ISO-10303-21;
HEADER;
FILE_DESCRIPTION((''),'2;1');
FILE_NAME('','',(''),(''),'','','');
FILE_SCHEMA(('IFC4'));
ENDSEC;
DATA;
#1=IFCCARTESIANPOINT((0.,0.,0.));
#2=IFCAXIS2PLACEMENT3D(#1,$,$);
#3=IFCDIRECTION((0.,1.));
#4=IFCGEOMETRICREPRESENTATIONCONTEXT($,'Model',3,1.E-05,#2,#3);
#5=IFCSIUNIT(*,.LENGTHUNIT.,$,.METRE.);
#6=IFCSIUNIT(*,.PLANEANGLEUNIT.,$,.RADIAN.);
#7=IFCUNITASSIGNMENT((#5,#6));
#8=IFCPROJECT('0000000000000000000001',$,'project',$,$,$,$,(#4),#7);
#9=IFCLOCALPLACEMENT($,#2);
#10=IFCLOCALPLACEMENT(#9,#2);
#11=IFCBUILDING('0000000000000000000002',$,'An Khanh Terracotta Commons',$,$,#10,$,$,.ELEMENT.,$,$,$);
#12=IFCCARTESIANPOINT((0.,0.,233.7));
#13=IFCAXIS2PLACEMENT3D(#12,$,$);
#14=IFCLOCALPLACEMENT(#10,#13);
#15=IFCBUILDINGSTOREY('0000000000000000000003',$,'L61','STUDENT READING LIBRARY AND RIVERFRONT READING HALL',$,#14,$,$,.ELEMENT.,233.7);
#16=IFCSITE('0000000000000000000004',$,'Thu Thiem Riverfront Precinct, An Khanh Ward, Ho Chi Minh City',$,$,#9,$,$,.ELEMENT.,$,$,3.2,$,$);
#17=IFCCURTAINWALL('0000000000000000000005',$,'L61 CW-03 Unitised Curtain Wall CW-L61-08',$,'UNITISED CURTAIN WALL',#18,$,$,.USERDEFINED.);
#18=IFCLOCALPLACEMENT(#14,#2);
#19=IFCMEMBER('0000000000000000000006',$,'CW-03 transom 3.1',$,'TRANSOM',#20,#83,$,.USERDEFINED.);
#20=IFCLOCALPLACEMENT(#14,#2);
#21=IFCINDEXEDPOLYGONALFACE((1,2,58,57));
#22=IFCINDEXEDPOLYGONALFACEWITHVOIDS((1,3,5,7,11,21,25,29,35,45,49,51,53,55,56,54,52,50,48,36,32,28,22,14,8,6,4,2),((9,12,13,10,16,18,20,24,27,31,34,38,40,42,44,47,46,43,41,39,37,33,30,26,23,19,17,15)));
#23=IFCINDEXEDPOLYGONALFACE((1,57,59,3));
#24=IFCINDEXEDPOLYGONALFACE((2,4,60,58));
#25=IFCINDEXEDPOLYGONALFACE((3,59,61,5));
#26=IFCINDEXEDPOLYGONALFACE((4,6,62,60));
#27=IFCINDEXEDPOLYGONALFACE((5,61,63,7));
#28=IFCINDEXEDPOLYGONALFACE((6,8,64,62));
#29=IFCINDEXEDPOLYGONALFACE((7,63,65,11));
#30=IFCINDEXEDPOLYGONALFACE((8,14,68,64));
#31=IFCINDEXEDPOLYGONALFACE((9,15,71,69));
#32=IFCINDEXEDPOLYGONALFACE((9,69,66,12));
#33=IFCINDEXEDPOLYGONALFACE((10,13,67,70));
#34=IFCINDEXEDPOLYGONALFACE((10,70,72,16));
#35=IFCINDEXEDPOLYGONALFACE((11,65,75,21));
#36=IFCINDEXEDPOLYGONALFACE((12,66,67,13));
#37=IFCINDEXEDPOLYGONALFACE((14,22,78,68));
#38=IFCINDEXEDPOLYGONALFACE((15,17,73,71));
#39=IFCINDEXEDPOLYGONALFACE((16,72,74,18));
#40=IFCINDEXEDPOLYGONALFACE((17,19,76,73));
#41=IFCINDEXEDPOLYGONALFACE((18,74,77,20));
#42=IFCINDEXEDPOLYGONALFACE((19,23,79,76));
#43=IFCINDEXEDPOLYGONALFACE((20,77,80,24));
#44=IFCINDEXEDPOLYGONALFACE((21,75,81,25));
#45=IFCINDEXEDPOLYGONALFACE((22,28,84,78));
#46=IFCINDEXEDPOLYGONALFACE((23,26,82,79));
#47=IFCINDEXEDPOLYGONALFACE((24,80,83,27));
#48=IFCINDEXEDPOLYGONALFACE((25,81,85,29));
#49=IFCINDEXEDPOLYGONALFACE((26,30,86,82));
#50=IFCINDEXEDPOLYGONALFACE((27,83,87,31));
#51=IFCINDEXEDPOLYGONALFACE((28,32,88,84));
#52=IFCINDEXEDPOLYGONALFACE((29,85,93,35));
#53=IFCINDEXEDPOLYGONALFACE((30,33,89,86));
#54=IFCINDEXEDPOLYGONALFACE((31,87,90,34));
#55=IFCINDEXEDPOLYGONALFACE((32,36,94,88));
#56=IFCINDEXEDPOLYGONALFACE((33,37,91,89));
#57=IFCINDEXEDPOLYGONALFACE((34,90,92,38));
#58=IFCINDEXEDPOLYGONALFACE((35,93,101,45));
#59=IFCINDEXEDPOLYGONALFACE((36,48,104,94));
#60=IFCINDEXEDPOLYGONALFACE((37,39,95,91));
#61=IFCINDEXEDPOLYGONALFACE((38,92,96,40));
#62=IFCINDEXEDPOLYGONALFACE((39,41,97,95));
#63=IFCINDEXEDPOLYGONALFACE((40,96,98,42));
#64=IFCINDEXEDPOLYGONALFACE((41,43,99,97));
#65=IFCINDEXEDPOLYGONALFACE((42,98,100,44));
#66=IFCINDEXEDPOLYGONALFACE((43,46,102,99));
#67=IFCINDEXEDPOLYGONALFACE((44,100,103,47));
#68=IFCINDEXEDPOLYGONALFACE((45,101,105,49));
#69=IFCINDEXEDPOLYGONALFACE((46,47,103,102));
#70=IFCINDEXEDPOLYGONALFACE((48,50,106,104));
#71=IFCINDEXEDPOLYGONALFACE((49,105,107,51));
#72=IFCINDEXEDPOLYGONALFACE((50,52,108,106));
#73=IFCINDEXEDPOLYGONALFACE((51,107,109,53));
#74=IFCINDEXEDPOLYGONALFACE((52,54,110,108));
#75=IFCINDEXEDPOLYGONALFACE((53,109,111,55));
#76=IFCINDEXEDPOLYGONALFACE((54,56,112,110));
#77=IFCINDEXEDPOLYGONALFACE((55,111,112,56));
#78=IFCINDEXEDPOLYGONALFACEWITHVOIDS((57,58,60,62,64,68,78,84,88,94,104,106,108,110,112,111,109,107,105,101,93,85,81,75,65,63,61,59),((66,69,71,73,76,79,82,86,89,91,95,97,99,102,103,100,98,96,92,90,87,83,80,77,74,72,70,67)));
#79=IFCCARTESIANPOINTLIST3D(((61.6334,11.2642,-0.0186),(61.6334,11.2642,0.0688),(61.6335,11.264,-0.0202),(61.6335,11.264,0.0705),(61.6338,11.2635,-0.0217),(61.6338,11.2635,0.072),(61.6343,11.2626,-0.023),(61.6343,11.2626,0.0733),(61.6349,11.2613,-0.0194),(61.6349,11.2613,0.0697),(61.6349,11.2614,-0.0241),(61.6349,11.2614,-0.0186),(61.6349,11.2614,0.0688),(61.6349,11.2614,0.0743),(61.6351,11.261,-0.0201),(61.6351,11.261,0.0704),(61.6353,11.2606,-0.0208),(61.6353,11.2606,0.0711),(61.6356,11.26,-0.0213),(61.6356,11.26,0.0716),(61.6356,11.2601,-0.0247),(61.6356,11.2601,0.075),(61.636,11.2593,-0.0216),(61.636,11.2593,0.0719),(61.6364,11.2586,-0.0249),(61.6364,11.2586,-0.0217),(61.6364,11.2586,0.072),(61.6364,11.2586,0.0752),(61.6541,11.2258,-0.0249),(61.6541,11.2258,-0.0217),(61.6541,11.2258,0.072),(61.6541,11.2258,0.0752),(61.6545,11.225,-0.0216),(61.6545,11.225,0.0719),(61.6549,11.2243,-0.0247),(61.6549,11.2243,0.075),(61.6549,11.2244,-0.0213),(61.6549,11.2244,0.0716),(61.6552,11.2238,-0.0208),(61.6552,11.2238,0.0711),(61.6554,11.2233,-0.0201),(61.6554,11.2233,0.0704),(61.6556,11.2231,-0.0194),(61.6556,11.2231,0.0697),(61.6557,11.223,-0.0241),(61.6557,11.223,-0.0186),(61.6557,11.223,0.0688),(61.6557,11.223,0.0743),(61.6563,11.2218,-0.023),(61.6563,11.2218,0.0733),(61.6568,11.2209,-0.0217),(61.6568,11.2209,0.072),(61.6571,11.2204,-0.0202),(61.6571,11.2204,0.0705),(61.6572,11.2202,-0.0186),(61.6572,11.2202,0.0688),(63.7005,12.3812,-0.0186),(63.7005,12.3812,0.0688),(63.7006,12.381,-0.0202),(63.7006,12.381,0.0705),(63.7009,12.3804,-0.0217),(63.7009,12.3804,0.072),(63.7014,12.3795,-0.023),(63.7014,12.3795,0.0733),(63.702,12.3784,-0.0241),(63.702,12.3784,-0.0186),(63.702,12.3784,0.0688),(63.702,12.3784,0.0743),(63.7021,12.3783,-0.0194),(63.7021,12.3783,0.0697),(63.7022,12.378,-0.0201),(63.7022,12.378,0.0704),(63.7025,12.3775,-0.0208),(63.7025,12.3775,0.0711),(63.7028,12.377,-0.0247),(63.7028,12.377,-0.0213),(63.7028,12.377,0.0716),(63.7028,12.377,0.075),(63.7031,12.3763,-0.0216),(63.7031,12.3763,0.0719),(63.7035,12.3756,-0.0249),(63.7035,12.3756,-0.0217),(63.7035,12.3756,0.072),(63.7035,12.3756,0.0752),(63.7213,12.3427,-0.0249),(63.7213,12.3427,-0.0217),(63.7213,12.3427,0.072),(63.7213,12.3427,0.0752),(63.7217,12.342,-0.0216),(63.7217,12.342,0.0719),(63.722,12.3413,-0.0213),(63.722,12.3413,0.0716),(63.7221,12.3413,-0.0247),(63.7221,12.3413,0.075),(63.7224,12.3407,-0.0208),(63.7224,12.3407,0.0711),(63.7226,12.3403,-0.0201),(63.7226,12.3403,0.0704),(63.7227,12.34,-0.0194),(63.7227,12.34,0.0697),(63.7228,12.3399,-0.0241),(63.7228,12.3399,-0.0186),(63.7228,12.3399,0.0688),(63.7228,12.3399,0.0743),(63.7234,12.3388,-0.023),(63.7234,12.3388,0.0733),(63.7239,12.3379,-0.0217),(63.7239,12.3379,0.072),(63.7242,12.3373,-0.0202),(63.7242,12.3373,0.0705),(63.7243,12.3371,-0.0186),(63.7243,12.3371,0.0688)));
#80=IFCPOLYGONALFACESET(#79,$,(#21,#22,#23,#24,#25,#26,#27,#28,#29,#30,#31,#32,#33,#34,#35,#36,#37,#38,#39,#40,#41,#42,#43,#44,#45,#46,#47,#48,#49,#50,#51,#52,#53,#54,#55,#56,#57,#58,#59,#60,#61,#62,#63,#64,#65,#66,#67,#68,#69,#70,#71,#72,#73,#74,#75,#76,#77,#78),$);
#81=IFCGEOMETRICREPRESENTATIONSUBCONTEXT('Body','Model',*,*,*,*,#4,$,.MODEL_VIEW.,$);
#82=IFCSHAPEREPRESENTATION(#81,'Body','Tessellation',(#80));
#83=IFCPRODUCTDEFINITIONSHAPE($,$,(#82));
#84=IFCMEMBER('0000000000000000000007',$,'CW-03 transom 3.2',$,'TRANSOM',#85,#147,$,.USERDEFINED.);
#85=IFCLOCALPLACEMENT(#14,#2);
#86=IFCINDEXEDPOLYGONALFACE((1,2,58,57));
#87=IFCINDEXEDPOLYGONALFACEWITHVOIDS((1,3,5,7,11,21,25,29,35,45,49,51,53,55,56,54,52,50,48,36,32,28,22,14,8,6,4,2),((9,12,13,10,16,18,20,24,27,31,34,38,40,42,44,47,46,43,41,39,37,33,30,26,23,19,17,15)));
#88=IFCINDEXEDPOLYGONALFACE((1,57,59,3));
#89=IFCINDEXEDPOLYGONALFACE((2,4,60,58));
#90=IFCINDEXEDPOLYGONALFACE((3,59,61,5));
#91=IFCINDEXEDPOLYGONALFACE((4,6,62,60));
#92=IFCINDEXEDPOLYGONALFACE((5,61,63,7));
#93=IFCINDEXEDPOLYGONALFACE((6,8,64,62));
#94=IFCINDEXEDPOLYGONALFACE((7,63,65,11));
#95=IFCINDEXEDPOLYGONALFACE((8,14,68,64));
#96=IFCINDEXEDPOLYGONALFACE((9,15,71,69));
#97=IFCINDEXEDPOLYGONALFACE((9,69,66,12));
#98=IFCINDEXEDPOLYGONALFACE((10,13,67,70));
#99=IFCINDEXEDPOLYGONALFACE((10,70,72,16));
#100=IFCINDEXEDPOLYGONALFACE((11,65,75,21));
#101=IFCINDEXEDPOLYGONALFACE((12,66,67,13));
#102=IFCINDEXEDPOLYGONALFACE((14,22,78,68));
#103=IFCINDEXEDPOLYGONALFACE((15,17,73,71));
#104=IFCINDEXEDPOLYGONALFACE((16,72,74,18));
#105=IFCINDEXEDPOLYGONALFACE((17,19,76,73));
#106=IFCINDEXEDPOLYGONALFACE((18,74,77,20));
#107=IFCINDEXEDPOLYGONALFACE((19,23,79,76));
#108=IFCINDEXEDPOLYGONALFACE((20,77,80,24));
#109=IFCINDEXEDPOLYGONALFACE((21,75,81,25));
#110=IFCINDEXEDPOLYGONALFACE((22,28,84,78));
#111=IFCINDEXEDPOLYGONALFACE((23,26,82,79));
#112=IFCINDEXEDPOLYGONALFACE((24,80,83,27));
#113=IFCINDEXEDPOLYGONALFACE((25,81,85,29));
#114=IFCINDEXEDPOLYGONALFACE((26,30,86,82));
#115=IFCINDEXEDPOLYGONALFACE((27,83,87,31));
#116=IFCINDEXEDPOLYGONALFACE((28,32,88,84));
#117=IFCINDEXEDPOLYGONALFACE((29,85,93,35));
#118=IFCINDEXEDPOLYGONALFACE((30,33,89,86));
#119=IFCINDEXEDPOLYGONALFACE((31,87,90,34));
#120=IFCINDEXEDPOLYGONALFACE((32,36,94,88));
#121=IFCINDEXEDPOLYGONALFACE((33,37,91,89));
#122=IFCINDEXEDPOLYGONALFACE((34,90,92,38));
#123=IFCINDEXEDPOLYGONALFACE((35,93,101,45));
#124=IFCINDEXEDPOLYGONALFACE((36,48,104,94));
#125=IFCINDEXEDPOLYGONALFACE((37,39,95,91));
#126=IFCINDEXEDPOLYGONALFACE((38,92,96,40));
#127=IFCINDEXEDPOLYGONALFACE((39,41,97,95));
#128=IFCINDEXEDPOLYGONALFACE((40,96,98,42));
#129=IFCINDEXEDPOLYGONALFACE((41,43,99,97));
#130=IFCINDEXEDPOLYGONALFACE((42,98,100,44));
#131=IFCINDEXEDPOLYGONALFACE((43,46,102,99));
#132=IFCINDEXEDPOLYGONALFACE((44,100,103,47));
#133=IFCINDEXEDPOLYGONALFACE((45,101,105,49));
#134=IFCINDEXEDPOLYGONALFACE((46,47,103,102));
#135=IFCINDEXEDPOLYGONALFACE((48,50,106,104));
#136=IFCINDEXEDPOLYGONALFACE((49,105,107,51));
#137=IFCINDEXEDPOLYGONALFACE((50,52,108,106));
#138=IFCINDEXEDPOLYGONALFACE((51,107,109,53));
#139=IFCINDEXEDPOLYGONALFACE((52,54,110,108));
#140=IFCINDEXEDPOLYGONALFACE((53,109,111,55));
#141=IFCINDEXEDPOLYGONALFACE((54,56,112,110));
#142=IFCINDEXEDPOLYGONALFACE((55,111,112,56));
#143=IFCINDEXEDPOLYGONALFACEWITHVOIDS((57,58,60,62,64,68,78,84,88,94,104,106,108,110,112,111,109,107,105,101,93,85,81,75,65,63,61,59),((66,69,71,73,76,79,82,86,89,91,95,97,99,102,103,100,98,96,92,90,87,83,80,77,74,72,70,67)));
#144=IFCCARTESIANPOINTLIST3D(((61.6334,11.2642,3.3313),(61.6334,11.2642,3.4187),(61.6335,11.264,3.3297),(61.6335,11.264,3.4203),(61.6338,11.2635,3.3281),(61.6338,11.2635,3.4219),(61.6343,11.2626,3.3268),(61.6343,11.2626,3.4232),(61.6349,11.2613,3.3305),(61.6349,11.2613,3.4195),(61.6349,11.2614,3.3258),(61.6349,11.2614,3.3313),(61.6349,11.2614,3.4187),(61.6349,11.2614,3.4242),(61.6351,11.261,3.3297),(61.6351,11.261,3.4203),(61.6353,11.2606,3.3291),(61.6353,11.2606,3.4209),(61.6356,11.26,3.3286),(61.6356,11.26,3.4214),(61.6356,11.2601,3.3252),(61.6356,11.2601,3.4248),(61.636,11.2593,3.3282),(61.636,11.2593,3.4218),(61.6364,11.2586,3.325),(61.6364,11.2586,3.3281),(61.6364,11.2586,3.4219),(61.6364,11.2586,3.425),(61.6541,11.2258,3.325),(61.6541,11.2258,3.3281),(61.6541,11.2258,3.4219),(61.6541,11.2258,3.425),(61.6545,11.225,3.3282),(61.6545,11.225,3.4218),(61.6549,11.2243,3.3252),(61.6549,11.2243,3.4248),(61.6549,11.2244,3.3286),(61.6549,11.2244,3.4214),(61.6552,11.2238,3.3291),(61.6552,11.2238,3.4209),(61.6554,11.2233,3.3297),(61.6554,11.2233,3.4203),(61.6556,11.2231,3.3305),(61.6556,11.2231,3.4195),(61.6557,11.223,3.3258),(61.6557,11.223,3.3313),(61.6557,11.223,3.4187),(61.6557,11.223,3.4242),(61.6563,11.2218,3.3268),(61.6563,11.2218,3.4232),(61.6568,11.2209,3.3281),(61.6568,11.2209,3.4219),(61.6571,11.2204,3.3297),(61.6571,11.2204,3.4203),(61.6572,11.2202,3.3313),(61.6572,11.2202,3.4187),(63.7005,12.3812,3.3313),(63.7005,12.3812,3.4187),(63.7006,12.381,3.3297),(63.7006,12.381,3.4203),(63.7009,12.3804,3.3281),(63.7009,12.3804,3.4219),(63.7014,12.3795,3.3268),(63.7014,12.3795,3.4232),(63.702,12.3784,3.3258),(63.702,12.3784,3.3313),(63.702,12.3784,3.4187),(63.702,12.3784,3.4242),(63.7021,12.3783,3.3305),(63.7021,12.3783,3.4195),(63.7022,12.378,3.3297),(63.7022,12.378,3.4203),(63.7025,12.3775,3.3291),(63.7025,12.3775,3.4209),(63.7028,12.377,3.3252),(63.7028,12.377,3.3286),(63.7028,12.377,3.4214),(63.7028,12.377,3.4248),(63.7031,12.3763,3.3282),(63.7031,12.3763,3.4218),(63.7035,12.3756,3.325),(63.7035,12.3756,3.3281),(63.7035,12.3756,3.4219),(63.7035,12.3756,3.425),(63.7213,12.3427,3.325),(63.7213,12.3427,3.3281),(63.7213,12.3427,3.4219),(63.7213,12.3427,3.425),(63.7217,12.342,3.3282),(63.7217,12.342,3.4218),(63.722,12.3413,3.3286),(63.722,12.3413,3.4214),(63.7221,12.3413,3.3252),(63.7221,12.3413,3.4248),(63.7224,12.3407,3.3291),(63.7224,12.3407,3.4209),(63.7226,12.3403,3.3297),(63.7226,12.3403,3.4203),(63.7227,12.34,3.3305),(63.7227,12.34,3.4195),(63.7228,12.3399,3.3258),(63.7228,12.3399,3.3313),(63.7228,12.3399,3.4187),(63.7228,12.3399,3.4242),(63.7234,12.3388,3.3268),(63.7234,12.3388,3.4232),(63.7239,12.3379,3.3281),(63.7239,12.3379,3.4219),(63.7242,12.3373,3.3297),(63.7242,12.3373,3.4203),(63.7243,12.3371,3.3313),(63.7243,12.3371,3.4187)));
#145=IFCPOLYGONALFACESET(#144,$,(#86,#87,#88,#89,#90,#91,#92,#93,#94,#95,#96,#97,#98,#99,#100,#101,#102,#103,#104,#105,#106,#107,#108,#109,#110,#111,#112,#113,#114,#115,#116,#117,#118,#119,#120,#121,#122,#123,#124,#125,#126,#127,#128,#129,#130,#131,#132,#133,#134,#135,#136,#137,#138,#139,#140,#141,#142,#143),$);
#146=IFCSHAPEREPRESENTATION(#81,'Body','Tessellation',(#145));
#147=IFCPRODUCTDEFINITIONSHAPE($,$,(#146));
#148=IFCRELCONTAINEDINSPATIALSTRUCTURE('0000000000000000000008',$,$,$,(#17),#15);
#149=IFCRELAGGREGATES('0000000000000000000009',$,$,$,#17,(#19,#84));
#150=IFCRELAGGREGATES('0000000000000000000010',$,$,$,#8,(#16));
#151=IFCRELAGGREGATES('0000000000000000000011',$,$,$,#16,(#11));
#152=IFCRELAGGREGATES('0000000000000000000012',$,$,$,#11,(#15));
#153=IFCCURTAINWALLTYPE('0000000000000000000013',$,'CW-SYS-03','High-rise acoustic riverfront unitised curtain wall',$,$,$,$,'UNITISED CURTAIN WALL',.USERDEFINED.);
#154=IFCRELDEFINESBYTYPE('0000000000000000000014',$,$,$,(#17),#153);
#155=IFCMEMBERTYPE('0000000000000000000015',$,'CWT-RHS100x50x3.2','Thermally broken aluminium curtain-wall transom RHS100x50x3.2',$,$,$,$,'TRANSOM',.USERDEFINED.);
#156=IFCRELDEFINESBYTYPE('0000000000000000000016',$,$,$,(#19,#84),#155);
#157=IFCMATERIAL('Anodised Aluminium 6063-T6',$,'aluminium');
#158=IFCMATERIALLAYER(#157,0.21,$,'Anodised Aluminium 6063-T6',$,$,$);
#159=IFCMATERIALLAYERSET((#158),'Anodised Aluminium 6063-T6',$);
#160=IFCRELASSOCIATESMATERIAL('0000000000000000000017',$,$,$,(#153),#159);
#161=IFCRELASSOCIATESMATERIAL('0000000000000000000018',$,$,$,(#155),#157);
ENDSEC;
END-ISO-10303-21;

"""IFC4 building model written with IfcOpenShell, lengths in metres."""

from ifc_helpers import new_model, si_unit, direction, frame, origin, origin_2d, place, context, subcontext, project, spatial, hollow_rectangle, extrude, material, layer, layer_set, material_profile, profile_set, type_object, element, aggregate, save


model = new_model("IFC4")

# Units and contexts
model_context = context("Model", 3, precision=1e-05, world=origin(), true_north=direction((0.0, 1.0)))
body_context = subcontext(model_context, "Body", "Model", "MODEL_VIEW")
ifc_project = project(units=[si_unit("LENGTHUNIT", "METRE"), si_unit("PLANEANGLEUNIT", "RADIAN")], contexts=[model_context])

# Site, building, storey
site_placement = place(None, origin())
site = spatial("IfcSite", under=ifc_project, at=site_placement, Name="Thu Thiem Riverfront Precinct, An Khanh Ward, Ho Chi Minh City", CompositionType="ELEMENT", RefElevation=3.2)
building_placement = place(site_placement, origin())
building = spatial("IfcBuilding", under=site, at=building_placement, Name="An Khanh Terracotta Commons", CompositionType="ELEMENT")
storey_placement = place(building_placement, frame((0.0, 0.0, 233.7)))
storey = spatial("IfcBuildingStorey", under=building, at=storey_placement, Name="L61", Description="STUDENT READING LIBRARY AND RIVERFRONT READING HALL", CompositionType="ELEMENT", Elevation=233.7)

# Curtain wall
ifc_material_1 = material(Name="Anodised Aluminium 6063-T6", Category="aluminium")
ifc_layer_1 = layer(ifc_material_1, 0.21, Name="Anodised Aluminium 6063-T6")
ifc_layer_set_1 = layer_set([ifc_layer_1], Name="Anodised Aluminium 6063-T6")
curtain_wall_type = type_object("IfcCurtainWallType", Name="CW-SYS-03", Description="High-rise acoustic riverfront unitised curtain wall", ElementType="UNITISED CURTAIN WALL", PredefinedType="USERDEFINED", material=ifc_layer_set_1)
curtain_wall_1_placement = place(storey_placement, origin())
curtain_wall_1 = element("IfcCurtainWall", 1, at=curtain_wall_1_placement, inside=storey, type_object=curtain_wall_type, Name="L61 CW-03 Unitised Curtain Wall CW-L61-08", ObjectType="UNITISED CURTAIN WALL", PredefinedType="USERDEFINED")

# Members
ifc_material_profile_1 = material_profile(ifc_material_1, hollow_rectangle(XDim=0.05, YDim=0.1001, WallThickness=0.0032, InnerFilletRadius=0.0032, OuterFilletRadius=0.0063, at=origin_2d()), Name="RHS100x50x3.2")
ifc_profile_set_1 = profile_set([ifc_material_profile_1], Name="Anodised Aluminium 6063-T6")
member_type_1 = type_object("IfcMemberType", Name="CWT-RHS100x50x3.2", Description="Thermally broken aluminium curtain-wall transom RHS100x50x3.2", ElementType="TRANSOM", PredefinedType="USERDEFINED", material=ifc_profile_set_1)
member_1_placement = place(storey_placement, frame((61.6453, 11.2422, 0.0251), z_axis=(0.879783, 0.475376, 0.0), x_axis=(-0.475376, 0.879783, 0.0)))
member_1 = element("IfcMember", 2, at=member_1_placement, type_object=member_type_1, Name="CW-03 transom 3.1", ObjectType="TRANSOM", PredefinedType="USERDEFINED", context=body_context, shape_type="SweptSolid", body=[
    extrude(hollow_rectangle(XDim=0.05, YDim=0.1001, WallThickness=0.0032, InnerFilletRadius=0.0032, OuterFilletRadius=0.0063, at=origin_2d()), origin(), (0.0, 0.0, 1.0), 2.3496),
])
member_2_placement = place(storey_placement, frame((61.6453, 11.2422, 3.375), z_axis=(0.879783, 0.475376, 0.0), x_axis=(-0.475376, 0.879783, 0.0)))
member_2 = element("IfcMember", 3, at=member_2_placement, type_object=member_type_1, Name="CW-03 transom 3.2", ObjectType="TRANSOM", PredefinedType="USERDEFINED", context=body_context, shape_type="SweptSolid", body=[
    extrude(hollow_rectangle(XDim=0.05, YDim=0.1001, WallThickness=0.0032, InnerFilletRadius=0.0032, OuterFilletRadius=0.0063, at=origin_2d()), origin(), (0.0, 0.0, 1.0), 2.3496),
])

aggregate(curtain_wall_1, [member_1, member_2])

save(model, "model.ifc")
